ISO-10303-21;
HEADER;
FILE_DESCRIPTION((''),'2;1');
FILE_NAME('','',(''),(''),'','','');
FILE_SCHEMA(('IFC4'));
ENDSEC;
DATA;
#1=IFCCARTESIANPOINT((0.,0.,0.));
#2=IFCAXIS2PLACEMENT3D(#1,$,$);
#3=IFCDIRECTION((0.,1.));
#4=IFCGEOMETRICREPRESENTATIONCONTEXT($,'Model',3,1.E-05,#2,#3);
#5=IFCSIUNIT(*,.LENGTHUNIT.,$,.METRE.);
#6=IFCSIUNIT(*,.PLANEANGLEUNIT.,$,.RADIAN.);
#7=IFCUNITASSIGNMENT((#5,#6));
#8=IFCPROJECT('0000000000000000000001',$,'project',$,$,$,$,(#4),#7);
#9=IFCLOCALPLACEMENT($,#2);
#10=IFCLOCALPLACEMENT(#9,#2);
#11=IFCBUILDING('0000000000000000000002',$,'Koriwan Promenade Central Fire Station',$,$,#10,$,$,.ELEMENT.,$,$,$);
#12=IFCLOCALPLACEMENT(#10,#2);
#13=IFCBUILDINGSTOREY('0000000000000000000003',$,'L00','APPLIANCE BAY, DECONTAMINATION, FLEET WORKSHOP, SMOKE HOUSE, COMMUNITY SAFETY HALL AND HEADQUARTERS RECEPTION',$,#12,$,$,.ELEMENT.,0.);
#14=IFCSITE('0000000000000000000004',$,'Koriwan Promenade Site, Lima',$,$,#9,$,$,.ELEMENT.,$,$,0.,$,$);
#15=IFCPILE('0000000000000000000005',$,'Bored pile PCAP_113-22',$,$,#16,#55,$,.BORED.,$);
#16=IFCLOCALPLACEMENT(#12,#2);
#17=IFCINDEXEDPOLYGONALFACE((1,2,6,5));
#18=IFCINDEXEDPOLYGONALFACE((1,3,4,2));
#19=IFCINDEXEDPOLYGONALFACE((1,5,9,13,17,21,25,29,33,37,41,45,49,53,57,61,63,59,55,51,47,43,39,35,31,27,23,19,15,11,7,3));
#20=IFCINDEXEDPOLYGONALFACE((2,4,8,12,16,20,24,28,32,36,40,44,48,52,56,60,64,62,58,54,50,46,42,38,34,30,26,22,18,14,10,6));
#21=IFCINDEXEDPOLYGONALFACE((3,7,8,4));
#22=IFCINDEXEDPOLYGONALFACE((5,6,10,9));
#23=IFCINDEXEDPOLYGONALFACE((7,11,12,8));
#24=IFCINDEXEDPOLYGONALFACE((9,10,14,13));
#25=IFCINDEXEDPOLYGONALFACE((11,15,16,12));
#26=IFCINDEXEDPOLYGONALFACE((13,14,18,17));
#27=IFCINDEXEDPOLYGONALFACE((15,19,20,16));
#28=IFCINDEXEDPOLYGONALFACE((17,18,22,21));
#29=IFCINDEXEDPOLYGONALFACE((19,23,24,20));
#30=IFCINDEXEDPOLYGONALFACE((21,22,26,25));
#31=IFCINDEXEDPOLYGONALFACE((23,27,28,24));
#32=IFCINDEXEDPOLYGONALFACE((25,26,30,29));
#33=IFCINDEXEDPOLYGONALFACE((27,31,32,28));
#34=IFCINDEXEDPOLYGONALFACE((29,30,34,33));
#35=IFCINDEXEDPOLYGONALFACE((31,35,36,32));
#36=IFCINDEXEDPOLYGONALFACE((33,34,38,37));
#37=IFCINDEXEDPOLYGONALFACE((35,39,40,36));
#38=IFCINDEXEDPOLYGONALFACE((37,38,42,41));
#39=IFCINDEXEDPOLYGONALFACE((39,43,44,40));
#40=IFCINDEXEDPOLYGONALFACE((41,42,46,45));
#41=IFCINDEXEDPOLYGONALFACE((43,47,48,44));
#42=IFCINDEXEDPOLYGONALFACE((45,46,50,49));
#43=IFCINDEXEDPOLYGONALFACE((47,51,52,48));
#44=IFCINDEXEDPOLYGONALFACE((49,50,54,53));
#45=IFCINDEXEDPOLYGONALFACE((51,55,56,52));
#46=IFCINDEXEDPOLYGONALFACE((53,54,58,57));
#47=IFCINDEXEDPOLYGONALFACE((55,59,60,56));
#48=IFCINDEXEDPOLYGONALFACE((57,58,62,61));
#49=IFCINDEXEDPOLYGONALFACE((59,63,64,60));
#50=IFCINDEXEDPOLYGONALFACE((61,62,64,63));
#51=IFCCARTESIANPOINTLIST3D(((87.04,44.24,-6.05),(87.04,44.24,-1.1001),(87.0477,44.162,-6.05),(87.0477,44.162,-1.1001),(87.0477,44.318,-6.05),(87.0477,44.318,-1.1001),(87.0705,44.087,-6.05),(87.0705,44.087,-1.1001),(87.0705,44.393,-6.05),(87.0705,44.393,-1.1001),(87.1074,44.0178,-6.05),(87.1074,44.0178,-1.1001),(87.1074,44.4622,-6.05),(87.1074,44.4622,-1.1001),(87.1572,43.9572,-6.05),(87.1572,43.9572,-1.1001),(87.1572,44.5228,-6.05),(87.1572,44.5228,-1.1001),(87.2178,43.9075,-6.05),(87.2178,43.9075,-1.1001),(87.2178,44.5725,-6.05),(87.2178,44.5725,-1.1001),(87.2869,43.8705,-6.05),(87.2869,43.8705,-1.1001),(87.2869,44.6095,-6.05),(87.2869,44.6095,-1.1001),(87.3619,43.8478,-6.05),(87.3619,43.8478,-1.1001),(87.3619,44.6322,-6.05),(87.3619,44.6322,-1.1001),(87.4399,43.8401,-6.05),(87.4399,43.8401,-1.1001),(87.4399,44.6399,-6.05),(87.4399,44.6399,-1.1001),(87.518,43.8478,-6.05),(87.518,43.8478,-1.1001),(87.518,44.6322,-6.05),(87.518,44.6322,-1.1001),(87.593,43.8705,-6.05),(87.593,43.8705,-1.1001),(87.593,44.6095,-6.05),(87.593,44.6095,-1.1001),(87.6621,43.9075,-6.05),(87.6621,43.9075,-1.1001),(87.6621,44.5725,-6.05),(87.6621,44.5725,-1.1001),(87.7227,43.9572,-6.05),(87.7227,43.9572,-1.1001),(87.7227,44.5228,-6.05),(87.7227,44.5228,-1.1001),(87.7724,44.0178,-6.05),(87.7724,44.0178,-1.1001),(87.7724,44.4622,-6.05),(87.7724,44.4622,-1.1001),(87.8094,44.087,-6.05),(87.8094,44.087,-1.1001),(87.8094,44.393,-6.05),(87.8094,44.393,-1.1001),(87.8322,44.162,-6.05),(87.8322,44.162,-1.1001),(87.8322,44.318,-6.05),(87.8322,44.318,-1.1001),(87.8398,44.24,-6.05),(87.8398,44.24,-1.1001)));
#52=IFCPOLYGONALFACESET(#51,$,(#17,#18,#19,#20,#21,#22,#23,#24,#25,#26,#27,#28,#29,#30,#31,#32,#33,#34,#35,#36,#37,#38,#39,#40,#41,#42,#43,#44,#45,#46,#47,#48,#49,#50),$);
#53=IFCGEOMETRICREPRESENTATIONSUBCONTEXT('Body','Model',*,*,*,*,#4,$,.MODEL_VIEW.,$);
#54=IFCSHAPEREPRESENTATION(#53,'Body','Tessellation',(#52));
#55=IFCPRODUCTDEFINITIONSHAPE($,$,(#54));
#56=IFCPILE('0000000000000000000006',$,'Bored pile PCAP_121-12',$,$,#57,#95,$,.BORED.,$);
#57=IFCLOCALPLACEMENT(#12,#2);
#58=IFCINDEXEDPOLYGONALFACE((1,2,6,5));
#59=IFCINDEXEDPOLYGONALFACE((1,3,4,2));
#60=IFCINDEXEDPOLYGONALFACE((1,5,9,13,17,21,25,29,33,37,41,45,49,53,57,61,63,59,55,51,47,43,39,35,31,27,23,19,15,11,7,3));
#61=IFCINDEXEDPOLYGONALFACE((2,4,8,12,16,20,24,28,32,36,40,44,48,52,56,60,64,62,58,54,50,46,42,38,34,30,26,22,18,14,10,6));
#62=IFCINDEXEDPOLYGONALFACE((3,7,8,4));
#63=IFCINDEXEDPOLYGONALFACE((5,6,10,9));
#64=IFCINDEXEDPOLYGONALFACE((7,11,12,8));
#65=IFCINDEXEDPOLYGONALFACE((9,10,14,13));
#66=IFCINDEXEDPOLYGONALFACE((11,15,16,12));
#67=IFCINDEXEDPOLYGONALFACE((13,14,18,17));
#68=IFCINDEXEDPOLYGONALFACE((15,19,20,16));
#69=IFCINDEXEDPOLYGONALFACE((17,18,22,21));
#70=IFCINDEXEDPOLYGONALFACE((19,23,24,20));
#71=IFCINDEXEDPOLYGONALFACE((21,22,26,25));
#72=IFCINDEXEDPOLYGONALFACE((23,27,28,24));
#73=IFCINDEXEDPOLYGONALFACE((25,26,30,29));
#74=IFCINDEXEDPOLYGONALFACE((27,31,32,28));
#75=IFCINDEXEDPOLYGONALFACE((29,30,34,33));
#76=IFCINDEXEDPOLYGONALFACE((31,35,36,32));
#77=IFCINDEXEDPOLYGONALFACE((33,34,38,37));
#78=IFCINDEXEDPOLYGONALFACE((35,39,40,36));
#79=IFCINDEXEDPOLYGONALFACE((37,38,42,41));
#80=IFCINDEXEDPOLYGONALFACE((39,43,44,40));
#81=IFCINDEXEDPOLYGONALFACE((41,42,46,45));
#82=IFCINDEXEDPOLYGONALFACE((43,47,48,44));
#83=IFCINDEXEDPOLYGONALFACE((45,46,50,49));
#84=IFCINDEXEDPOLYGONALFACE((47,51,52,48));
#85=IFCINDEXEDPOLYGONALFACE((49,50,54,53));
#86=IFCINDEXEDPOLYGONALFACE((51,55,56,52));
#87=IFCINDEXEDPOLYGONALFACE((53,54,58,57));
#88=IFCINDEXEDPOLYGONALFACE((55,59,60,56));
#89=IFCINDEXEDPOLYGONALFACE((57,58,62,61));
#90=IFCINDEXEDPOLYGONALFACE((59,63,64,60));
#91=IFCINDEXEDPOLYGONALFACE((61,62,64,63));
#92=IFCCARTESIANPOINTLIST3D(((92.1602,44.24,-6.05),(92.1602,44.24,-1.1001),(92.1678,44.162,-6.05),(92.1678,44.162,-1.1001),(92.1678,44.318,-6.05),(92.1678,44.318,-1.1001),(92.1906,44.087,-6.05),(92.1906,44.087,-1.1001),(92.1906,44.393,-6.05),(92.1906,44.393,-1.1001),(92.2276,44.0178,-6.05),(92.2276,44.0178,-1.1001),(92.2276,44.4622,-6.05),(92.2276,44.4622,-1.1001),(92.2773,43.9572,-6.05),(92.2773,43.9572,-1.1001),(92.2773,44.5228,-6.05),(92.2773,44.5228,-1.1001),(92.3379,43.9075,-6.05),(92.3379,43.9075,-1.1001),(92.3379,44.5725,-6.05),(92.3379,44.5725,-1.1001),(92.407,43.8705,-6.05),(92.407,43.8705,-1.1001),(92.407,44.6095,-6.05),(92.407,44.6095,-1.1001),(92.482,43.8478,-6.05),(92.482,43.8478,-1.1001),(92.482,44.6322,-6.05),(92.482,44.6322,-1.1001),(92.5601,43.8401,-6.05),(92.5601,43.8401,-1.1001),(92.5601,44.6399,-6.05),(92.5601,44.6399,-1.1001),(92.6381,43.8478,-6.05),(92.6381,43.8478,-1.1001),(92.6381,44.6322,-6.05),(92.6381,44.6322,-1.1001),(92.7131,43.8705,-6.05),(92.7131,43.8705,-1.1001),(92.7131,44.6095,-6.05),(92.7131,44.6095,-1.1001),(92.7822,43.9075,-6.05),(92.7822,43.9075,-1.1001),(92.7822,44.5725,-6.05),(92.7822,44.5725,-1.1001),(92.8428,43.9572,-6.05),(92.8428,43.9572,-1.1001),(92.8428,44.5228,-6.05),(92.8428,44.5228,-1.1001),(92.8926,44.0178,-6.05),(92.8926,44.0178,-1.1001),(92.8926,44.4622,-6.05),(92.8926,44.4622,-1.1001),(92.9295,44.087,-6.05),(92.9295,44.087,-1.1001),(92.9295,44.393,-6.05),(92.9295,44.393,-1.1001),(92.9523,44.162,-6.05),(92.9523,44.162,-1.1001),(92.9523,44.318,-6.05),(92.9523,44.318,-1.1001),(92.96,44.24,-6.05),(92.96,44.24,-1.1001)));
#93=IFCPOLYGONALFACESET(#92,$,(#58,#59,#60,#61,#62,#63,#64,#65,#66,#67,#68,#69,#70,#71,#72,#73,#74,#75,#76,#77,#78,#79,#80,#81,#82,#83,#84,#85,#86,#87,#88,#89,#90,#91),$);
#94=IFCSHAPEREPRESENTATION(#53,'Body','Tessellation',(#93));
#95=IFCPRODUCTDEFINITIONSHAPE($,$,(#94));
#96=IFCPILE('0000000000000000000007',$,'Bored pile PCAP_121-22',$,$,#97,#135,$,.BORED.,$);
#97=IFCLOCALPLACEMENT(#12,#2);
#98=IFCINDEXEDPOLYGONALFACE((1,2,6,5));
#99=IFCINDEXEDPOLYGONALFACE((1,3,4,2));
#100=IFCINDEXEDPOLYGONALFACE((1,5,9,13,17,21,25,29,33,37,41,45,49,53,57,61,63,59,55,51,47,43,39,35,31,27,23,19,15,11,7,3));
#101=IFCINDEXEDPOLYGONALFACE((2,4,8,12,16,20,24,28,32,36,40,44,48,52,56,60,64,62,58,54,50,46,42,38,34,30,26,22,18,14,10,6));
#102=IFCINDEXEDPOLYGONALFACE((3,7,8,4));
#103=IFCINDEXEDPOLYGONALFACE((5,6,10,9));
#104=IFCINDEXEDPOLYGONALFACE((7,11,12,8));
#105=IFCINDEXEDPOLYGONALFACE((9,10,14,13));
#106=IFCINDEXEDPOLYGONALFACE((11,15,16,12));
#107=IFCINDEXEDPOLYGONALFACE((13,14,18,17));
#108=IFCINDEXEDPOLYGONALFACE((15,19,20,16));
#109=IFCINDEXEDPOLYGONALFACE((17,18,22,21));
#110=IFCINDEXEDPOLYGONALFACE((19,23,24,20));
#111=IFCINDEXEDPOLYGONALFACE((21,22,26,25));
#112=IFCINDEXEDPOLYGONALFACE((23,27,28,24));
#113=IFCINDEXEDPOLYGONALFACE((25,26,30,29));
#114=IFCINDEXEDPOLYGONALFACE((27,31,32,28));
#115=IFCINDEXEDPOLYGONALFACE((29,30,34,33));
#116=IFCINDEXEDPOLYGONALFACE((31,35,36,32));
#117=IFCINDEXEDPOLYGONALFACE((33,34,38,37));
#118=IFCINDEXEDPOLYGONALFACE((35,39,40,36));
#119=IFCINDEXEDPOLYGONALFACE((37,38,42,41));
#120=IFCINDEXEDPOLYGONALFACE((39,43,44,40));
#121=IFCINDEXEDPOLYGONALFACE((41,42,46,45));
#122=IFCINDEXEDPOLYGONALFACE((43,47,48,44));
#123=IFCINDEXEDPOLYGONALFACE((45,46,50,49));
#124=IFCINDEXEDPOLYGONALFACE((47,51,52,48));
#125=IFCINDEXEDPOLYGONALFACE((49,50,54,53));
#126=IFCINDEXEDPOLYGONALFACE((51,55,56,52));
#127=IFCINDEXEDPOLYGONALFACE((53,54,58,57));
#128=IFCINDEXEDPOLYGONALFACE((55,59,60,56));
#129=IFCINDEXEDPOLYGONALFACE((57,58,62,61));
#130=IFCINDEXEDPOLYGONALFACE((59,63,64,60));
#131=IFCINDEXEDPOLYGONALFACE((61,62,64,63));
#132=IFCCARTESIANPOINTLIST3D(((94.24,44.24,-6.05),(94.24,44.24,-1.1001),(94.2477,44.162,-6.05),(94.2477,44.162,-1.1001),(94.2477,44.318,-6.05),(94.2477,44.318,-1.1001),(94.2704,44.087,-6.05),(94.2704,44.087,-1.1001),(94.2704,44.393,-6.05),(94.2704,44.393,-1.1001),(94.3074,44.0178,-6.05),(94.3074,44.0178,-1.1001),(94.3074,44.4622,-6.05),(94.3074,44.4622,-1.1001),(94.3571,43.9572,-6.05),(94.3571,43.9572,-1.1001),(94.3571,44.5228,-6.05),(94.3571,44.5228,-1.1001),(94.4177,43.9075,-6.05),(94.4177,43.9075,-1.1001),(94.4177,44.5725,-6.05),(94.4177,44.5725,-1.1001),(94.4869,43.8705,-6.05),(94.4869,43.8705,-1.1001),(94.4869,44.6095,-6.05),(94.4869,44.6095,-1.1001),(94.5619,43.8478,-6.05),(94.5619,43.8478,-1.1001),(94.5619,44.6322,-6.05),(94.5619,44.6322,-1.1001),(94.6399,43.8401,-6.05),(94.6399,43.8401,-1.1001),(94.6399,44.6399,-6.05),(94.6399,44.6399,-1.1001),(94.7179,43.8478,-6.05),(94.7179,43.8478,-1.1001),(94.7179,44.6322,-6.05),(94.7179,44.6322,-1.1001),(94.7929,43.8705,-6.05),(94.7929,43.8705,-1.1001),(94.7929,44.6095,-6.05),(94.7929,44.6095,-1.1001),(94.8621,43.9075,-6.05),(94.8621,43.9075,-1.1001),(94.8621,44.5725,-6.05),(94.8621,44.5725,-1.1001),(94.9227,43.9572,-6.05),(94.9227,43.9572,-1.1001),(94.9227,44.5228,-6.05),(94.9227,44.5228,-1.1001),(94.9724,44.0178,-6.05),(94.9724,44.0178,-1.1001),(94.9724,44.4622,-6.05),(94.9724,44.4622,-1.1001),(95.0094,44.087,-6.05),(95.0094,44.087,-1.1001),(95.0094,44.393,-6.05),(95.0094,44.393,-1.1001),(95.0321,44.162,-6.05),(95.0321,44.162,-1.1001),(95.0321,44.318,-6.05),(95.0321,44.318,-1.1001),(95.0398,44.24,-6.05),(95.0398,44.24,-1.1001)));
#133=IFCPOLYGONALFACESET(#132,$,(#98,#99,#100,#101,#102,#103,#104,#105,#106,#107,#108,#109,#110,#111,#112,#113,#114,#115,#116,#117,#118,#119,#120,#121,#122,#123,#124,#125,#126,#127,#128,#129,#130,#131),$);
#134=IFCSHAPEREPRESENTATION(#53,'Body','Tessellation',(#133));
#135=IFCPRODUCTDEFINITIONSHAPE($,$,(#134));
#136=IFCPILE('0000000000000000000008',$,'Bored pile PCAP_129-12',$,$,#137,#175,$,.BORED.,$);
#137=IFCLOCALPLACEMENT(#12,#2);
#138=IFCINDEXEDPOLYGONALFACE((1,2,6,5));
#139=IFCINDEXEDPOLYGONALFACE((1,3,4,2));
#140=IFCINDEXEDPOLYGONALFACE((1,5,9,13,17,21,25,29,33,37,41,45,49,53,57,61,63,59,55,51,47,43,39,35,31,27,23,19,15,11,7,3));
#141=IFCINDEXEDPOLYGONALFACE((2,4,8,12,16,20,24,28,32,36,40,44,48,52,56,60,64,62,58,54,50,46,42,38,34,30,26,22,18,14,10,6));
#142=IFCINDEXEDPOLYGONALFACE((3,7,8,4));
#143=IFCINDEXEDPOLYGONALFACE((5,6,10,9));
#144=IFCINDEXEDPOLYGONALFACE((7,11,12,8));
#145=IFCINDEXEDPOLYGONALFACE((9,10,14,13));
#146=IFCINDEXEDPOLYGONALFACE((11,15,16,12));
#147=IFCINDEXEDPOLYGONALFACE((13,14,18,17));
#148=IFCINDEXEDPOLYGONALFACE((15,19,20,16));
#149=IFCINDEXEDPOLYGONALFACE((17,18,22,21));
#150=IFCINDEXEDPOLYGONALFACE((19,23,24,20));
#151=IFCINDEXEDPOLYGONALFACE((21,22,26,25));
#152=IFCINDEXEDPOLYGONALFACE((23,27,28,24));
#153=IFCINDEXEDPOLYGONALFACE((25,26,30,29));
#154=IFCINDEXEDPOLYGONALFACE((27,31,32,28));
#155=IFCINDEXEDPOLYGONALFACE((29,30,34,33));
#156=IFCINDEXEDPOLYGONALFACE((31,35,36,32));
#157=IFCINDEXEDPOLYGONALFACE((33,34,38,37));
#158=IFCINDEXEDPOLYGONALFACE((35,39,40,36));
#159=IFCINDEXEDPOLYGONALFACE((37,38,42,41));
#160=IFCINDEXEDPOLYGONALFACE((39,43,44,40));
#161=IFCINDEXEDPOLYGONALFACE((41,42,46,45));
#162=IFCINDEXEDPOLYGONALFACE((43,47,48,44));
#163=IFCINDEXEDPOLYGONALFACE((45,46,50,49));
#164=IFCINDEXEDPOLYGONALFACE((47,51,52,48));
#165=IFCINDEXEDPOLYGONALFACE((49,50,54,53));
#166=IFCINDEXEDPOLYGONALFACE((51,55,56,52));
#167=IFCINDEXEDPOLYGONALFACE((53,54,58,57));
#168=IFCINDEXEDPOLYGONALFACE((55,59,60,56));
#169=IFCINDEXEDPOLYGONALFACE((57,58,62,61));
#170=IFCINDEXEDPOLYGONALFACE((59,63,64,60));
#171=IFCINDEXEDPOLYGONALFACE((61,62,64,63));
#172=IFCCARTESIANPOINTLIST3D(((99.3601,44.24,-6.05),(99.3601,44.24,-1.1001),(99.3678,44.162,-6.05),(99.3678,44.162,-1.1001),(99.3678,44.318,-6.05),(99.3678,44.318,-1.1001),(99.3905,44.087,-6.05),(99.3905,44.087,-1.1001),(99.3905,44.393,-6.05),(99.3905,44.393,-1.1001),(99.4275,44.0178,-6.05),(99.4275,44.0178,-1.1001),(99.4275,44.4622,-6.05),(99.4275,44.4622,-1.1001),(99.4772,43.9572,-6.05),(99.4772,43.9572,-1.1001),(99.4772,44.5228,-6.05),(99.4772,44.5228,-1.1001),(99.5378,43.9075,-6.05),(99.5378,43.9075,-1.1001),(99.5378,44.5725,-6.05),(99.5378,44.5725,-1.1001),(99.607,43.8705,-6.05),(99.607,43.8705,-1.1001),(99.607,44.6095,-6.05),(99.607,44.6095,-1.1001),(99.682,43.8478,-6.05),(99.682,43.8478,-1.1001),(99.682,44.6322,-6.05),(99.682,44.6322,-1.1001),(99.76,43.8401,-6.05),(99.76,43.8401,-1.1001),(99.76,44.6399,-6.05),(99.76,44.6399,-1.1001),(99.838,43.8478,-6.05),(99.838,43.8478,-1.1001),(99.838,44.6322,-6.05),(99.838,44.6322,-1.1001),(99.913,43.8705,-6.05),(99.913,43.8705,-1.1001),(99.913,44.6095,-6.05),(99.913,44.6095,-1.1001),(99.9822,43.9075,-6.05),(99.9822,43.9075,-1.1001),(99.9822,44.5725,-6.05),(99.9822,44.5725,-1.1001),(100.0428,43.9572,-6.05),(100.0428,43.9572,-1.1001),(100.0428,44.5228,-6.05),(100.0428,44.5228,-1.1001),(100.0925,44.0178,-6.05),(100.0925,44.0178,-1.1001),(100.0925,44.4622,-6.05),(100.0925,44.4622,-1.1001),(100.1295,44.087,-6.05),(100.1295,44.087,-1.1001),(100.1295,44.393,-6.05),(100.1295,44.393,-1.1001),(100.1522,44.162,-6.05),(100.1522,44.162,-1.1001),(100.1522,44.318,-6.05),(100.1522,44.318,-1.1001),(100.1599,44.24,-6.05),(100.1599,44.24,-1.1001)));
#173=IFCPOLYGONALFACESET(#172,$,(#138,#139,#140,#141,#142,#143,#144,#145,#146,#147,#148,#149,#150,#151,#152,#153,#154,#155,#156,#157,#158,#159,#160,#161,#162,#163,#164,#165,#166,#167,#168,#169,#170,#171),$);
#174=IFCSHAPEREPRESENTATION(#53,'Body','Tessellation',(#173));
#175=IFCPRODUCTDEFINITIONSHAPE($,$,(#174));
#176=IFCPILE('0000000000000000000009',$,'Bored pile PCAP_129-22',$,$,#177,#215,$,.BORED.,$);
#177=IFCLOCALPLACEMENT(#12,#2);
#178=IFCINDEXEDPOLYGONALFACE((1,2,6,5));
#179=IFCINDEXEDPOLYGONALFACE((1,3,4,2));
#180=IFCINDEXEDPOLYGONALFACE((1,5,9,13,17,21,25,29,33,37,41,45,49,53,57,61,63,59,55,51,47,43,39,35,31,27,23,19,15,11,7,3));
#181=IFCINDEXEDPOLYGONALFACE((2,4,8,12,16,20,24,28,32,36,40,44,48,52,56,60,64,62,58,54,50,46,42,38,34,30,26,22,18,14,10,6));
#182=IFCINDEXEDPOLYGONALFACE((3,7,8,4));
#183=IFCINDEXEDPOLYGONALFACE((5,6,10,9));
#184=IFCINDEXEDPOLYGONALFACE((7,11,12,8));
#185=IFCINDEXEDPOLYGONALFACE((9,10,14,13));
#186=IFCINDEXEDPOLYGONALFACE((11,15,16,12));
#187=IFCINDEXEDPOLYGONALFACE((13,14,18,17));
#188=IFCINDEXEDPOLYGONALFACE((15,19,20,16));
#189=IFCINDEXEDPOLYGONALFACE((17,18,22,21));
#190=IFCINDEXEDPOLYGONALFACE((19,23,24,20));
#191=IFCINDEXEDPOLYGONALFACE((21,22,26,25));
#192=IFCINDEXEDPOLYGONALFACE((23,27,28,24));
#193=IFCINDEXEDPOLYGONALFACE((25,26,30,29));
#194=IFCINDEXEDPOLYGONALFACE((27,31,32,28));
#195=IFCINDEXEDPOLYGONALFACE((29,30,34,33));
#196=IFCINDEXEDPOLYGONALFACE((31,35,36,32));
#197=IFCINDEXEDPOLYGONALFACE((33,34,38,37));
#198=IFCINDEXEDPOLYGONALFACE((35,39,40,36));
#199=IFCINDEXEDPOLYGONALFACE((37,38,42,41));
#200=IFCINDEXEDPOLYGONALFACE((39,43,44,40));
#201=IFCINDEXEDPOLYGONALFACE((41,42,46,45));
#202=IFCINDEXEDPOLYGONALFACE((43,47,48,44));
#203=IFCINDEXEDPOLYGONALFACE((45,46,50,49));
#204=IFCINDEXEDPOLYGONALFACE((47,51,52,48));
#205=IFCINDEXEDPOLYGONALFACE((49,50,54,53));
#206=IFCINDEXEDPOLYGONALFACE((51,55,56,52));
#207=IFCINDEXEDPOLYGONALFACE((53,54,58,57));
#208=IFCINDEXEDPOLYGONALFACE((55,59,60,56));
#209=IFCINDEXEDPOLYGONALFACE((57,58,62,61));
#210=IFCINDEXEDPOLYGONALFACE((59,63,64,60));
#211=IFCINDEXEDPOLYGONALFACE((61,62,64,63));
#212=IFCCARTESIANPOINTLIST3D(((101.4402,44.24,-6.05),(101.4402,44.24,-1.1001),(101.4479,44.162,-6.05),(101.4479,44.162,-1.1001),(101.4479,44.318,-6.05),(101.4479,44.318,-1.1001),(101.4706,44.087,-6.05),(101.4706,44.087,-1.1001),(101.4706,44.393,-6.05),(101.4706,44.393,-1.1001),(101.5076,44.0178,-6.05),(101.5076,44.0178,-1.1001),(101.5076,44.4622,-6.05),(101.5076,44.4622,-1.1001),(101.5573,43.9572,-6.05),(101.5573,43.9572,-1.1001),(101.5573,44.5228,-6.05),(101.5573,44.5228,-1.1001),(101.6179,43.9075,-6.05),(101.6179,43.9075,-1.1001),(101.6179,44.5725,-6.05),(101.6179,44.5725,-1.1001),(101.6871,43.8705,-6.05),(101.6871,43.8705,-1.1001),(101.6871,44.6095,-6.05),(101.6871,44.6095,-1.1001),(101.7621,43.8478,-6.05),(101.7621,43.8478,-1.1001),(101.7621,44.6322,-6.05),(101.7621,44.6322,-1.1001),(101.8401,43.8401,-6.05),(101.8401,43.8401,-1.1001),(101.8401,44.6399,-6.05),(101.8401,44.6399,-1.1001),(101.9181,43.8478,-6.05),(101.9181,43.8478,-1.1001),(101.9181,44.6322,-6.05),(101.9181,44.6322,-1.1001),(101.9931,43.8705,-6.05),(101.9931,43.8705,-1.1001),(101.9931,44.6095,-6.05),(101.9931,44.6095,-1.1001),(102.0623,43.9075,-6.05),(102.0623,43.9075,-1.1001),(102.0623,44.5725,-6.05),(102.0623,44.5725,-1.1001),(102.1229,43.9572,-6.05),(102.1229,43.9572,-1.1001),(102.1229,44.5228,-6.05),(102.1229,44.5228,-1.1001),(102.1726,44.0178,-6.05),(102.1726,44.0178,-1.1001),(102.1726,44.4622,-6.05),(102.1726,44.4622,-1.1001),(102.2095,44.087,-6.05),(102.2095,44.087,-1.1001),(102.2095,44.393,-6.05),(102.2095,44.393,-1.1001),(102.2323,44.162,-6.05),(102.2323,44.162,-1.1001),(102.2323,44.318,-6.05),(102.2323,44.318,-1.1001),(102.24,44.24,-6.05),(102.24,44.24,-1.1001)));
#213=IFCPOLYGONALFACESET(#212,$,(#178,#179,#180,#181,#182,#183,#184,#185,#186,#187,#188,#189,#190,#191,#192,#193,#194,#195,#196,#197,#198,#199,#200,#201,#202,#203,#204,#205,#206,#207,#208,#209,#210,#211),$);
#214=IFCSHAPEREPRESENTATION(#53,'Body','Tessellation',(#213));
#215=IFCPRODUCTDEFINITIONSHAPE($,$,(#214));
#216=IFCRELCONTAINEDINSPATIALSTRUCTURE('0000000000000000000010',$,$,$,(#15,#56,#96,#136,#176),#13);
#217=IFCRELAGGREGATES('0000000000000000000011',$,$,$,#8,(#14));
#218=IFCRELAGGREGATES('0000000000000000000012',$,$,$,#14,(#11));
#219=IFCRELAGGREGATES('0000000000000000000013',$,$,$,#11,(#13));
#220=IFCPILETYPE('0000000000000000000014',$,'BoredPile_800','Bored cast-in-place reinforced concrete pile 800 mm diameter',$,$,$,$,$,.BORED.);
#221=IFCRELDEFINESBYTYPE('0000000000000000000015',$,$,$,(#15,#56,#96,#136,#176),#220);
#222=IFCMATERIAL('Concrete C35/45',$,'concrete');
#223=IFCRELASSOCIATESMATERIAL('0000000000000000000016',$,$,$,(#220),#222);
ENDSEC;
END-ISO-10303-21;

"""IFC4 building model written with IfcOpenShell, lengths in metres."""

from ifc_helpers import new_model, si_unit, direction, frame, origin, origin_2d, place, context, subcontext, project, spatial, circle, extrude, material, material_profile, profile_set, type_object, element, save


model = new_model("IFC4")

# Units and contexts
model_context = context("Model", 3, precision=1e-05, world=origin(), true_north=direction((0.0, 1.0)))
body_context = subcontext(model_context, "Body", "Model", "MODEL_VIEW")
ifc_project = project(units=[si_unit("LENGTHUNIT", "METRE"), si_unit("PLANEANGLEUNIT", "RADIAN")], contexts=[model_context])

# Site, building, storey
site_placement = place(None, origin())
site = spatial("IfcSite", under=ifc_project, at=site_placement, Name="Koriwan Promenade Site, Lima", CompositionType="ELEMENT", RefElevation=0.0)
building_placement = place(site_placement, origin())
building = spatial("IfcBuilding", under=site, at=building_placement, Name="Koriwan Promenade Central Fire Station", CompositionType="ELEMENT")
storey_placement = place(building_placement, origin())
storey = spatial("IfcBuildingStorey", under=building, at=storey_placement, Name="L00", Description="APPLIANCE BAY, DECONTAMINATION, FLEET WORKSHOP, SMOKE HOUSE, COMMUNITY SAFETY HALL AND HEADQUARTERS RECEPTION", CompositionType="ELEMENT", Elevation=0.0)

# Piles
ifc_material_1 = material(Name="Concrete C35/45", Category="concrete")
ifc_material_profile_1 = material_profile(ifc_material_1, circle(Radius=0.3999, at=origin_2d()), Name="PILE-D800")
ifc_profile_set_1 = profile_set([ifc_material_profile_1], Name="Concrete C35/45")
pile_type_1 = type_object("IfcPileType", Name="BoredPile_800", Description="Bored cast-in-place reinforced concrete pile 800 mm diameter", PredefinedType="BORED", material=ifc_profile_set_1)
for number, where, z_axis, x_axis, name in (
    (1, (87.4399, 44.24, -1.1001), (0.0, 0.0, -1.0), (1.0, 0.0, 0.0), "Bored pile PCAP_113-22"),
    (2, (92.5601, 44.24, -1.1001), (0.0, 0.0, -1.0), (1.0, 0.0, 0.0), "Bored pile PCAP_121-12"),
    (3, (94.6399, 44.24, -1.1001), (0.0, 0.0, -1.0), (1.0, 0.0, 0.0), "Bored pile PCAP_121-22"),
    (4, (99.76, 44.24, -1.1001), (0.0, 0.0, -1.0), (1.0, 0.0, 0.0), "Bored pile PCAP_129-12"),
    (5, (101.8401, 44.24, -1.1001), (0.0, 0.0, -1.0), (1.0, 0.0, 0.0), "Bored pile PCAP_129-22"),
):
    element("IfcPile", number, at=place(storey_placement, frame(where, z_axis=z_axis, x_axis=x_axis)), inside=storey, type_object=pile_type_1, Name=name, PredefinedType="BORED", context=body_context, shape_type="SweptSolid", body=[
        extrude(circle(Radius=0.3999, at=origin_2d()), origin(), (0.0, 0.0, 1.0), 4.95),
    ])

save(model, "model.ifc")
